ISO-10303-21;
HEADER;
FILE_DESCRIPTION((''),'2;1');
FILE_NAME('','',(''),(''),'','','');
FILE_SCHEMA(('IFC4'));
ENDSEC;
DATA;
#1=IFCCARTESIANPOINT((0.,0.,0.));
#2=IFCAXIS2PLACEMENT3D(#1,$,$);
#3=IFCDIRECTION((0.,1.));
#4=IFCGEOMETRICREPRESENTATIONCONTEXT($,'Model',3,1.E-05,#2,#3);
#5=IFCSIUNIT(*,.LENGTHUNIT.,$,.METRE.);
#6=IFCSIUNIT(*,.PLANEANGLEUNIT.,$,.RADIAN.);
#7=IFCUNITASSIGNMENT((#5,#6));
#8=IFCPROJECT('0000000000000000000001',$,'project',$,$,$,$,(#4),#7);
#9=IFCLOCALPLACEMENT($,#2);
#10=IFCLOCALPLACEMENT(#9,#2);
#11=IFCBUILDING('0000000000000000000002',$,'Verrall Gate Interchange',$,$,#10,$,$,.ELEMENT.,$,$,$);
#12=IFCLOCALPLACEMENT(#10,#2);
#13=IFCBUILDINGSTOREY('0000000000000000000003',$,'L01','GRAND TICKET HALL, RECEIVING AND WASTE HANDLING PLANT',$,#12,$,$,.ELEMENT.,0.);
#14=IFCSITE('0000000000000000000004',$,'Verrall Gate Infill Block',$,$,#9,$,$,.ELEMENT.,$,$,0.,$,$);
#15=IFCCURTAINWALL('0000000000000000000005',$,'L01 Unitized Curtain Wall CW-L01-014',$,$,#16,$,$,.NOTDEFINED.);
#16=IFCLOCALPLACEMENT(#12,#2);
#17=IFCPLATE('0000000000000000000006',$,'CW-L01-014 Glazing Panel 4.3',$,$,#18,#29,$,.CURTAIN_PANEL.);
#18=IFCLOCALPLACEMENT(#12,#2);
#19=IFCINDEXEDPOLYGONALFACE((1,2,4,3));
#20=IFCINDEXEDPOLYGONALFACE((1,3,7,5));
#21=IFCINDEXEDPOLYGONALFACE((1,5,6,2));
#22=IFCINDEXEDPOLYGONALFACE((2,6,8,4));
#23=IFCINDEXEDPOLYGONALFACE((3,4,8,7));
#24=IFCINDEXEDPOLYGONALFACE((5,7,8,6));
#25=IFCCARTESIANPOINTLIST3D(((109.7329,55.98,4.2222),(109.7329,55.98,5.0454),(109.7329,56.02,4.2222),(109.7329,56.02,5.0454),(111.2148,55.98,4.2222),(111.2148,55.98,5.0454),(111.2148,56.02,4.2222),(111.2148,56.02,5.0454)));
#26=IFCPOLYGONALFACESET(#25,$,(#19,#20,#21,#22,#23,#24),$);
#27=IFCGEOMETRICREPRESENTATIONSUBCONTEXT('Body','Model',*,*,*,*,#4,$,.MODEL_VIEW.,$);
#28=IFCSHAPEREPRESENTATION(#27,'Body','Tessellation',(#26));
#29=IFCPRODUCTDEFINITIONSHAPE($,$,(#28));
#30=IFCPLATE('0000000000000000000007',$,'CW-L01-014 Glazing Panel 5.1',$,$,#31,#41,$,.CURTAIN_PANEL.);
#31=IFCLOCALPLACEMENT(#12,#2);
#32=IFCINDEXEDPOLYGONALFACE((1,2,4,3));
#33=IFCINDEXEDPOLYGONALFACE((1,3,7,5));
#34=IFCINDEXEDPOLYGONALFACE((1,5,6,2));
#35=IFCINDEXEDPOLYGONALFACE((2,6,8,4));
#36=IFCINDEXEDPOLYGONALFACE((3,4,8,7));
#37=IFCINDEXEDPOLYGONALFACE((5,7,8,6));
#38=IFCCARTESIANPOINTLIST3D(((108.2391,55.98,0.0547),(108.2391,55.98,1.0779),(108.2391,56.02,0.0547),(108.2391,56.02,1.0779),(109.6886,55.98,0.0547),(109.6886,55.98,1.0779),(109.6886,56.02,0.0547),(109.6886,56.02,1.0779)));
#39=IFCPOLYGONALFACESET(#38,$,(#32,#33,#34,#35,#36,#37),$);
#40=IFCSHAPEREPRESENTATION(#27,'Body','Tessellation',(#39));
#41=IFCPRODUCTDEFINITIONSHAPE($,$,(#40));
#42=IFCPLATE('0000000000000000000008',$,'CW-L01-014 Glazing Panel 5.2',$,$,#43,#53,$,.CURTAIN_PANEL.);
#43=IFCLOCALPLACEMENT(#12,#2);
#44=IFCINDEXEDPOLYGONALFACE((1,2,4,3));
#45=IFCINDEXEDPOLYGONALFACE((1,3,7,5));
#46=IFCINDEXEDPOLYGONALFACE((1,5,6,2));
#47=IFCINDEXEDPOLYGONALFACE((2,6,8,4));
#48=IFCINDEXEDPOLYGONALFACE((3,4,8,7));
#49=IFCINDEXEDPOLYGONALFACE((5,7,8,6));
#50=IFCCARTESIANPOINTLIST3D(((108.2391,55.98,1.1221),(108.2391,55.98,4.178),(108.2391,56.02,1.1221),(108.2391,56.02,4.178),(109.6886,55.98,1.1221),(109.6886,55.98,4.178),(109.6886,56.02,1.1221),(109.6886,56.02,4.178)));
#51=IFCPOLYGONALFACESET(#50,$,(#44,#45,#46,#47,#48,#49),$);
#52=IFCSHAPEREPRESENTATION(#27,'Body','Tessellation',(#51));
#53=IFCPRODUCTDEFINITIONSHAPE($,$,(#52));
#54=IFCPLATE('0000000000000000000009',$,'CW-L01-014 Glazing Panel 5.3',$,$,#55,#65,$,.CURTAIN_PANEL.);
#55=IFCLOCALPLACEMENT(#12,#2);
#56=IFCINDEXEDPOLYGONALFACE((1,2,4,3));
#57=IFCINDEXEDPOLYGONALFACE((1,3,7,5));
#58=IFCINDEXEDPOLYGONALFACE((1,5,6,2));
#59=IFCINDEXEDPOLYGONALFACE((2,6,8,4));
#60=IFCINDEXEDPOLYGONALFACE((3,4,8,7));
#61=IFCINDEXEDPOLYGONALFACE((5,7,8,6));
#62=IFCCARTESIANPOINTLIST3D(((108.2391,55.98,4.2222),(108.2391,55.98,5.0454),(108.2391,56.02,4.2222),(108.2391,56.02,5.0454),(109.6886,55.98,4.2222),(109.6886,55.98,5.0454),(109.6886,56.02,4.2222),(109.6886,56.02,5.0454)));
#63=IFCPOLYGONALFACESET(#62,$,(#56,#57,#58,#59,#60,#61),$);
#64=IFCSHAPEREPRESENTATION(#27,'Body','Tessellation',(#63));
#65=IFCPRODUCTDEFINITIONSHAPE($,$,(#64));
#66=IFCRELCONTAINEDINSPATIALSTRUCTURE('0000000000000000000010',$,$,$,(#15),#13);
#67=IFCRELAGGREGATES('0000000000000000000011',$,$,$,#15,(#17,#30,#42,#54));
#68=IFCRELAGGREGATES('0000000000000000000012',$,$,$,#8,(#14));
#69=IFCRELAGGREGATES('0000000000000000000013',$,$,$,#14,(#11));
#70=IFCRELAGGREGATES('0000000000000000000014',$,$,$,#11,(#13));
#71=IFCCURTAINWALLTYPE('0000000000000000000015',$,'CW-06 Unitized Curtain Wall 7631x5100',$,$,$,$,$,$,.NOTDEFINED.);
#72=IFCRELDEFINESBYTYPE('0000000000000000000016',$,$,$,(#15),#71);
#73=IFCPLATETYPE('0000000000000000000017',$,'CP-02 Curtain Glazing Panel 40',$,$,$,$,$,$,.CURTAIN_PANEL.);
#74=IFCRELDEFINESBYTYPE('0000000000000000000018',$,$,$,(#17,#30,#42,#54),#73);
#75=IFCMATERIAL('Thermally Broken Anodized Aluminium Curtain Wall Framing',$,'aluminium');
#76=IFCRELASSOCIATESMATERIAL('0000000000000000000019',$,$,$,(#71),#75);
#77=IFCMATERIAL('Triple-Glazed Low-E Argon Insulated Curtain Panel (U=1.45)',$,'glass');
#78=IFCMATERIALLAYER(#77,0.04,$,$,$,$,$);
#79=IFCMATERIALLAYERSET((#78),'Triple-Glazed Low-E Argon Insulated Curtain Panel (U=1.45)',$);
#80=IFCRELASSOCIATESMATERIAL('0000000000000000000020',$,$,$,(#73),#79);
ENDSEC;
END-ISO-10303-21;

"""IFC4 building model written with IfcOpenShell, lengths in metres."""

from ifc_helpers import new_model, si_unit, direction, frame, origin, origin_2d, place, context, subcontext, project, spatial, rectangle, extrude, material, layer, layer_set, type_object, element, aggregate, save


model = new_model("IFC4")

# Units and contexts
model_context = context("Model", 3, precision=1e-05, world=origin(), true_north=direction((0.0, 1.0)))
body_context = subcontext(model_context, "Body", "Model", "MODEL_VIEW")
ifc_project = project(units=[si_unit("LENGTHUNIT", "METRE"), si_unit("PLANEANGLEUNIT", "RADIAN")], contexts=[model_context])

# Site, building, storey
site_placement = place(None, origin())
site = spatial("IfcSite", under=ifc_project, at=site_placement, Name="Verrall Gate Infill Block", CompositionType="ELEMENT", RefElevation=0.0)
building_placement = place(site_placement, origin())
building = spatial("IfcBuilding", under=site, at=building_placement, Name="Verrall Gate Interchange", CompositionType="ELEMENT")
storey_placement = place(building_placement, origin())
storey = spatial("IfcBuildingStorey", under=building, at=storey_placement, Name="L01", Description="GRAND TICKET HALL, RECEIVING AND WASTE HANDLING PLANT", CompositionType="ELEMENT", Elevation=0.0)

# Curtain wall
ifc_material_1 = material(Name="Thermally Broken Anodized Aluminium Curtain Wall Framing", Category="aluminium")
curtain_wall_type = type_object("IfcCurtainWallType", Name="CW-06 Unitized Curtain Wall 7631x5100", PredefinedType="NOTDEFINED", material=ifc_material_1)
curtain_wall_1_placement = place(storey_placement, origin())
curtain_wall_1 = element("IfcCurtainWall", 1, at=curtain_wall_1_placement, inside=storey, type_object=curtain_wall_type, Name="L01 Unitized Curtain Wall CW-L01-014", PredefinedType="NOTDEFINED")

# Plates
ifc_material_2 = material(Name="Triple-Glazed Low-E Argon Insulated Curtain Panel (U=1.45)", Category="glass")
ifc_layer_1 = layer(ifc_material_2, 0.04)
ifc_layer_set_1 = layer_set([ifc_layer_1], Name="Triple-Glazed Low-E Argon Insulated Curtain Panel (U=1.45)")
plate_type_1 = type_object("IfcPlateType", Name="CP-02 Curtain Glazing Panel 40", PredefinedType="CURTAIN_PANEL", material=ifc_layer_set_1)
plate_1_placement = place(storey_placement, frame((110.4739, 56.0, 4.2222), z_axis=(0.0, 0.0, 1.0), x_axis=(-1.0, 0.0, 0.0)))
plate_1 = element("IfcPlate", 2, at=plate_1_placement, type_object=plate_type_1, Name="CW-L01-014 Glazing Panel 4.3", PredefinedType="CURTAIN_PANEL", context=body_context, shape_type="SweptSolid", body=[
    extrude(rectangle(XDim=1.4819, YDim=0.04, at=origin_2d()), origin(), (0.0, 0.0, 1.0), 0.8232),
])
plate_2_placement = place(storey_placement, frame((108.9639, 56.0, 0.0547), z_axis=(0.0, 0.0, 1.0), x_axis=(-1.0, 0.0, 0.0)))
plate_2 = element("IfcPlate", 3, at=plate_2_placement, type_object=plate_type_1, Name="CW-L01-014 Glazing Panel 5.1", PredefinedType="CURTAIN_PANEL", context=body_context, shape_type="SweptSolid", body=[
    extrude(rectangle(XDim=1.4495, YDim=0.04, at=origin_2d()), origin(), (0.0, 0.0, 1.0), 1.0232),
])
plate_3_placement = place(storey_placement, frame((108.9639, 56.0, 1.1221), z_axis=(0.0, 0.0, 1.0), x_axis=(-1.0, 0.0, 0.0)))
plate_3 = element("IfcPlate", 4, at=plate_3_placement, type_object=plate_type_1, Name="CW-L01-014 Glazing Panel 5.2", PredefinedType="CURTAIN_PANEL", context=body_context, shape_type="SweptSolid", body=[
    extrude(rectangle(XDim=1.4495, YDim=0.04, at=origin_2d()), origin(), (0.0, 0.0, 1.0), 3.0559),
])
plate_4_placement = place(storey_placement, frame((108.9639, 56.0, 4.2222), z_axis=(0.0, 0.0, 1.0), x_axis=(-1.0, 0.0, 0.0)))
plate_4 = element("IfcPlate", 5, at=plate_4_placement, type_object=plate_type_1, Name="CW-L01-014 Glazing Panel 5.3", PredefinedType="CURTAIN_PANEL", context=body_context, shape_type="SweptSolid", body=[
    extrude(rectangle(XDim=1.4495, YDim=0.04, at=origin_2d()), origin(), (0.0, 0.0, 1.0), 0.8232),
])
aggregate(curtain_wall_1, [plate_1, plate_2, plate_3, plate_4])

save(model, "model.ifc")
